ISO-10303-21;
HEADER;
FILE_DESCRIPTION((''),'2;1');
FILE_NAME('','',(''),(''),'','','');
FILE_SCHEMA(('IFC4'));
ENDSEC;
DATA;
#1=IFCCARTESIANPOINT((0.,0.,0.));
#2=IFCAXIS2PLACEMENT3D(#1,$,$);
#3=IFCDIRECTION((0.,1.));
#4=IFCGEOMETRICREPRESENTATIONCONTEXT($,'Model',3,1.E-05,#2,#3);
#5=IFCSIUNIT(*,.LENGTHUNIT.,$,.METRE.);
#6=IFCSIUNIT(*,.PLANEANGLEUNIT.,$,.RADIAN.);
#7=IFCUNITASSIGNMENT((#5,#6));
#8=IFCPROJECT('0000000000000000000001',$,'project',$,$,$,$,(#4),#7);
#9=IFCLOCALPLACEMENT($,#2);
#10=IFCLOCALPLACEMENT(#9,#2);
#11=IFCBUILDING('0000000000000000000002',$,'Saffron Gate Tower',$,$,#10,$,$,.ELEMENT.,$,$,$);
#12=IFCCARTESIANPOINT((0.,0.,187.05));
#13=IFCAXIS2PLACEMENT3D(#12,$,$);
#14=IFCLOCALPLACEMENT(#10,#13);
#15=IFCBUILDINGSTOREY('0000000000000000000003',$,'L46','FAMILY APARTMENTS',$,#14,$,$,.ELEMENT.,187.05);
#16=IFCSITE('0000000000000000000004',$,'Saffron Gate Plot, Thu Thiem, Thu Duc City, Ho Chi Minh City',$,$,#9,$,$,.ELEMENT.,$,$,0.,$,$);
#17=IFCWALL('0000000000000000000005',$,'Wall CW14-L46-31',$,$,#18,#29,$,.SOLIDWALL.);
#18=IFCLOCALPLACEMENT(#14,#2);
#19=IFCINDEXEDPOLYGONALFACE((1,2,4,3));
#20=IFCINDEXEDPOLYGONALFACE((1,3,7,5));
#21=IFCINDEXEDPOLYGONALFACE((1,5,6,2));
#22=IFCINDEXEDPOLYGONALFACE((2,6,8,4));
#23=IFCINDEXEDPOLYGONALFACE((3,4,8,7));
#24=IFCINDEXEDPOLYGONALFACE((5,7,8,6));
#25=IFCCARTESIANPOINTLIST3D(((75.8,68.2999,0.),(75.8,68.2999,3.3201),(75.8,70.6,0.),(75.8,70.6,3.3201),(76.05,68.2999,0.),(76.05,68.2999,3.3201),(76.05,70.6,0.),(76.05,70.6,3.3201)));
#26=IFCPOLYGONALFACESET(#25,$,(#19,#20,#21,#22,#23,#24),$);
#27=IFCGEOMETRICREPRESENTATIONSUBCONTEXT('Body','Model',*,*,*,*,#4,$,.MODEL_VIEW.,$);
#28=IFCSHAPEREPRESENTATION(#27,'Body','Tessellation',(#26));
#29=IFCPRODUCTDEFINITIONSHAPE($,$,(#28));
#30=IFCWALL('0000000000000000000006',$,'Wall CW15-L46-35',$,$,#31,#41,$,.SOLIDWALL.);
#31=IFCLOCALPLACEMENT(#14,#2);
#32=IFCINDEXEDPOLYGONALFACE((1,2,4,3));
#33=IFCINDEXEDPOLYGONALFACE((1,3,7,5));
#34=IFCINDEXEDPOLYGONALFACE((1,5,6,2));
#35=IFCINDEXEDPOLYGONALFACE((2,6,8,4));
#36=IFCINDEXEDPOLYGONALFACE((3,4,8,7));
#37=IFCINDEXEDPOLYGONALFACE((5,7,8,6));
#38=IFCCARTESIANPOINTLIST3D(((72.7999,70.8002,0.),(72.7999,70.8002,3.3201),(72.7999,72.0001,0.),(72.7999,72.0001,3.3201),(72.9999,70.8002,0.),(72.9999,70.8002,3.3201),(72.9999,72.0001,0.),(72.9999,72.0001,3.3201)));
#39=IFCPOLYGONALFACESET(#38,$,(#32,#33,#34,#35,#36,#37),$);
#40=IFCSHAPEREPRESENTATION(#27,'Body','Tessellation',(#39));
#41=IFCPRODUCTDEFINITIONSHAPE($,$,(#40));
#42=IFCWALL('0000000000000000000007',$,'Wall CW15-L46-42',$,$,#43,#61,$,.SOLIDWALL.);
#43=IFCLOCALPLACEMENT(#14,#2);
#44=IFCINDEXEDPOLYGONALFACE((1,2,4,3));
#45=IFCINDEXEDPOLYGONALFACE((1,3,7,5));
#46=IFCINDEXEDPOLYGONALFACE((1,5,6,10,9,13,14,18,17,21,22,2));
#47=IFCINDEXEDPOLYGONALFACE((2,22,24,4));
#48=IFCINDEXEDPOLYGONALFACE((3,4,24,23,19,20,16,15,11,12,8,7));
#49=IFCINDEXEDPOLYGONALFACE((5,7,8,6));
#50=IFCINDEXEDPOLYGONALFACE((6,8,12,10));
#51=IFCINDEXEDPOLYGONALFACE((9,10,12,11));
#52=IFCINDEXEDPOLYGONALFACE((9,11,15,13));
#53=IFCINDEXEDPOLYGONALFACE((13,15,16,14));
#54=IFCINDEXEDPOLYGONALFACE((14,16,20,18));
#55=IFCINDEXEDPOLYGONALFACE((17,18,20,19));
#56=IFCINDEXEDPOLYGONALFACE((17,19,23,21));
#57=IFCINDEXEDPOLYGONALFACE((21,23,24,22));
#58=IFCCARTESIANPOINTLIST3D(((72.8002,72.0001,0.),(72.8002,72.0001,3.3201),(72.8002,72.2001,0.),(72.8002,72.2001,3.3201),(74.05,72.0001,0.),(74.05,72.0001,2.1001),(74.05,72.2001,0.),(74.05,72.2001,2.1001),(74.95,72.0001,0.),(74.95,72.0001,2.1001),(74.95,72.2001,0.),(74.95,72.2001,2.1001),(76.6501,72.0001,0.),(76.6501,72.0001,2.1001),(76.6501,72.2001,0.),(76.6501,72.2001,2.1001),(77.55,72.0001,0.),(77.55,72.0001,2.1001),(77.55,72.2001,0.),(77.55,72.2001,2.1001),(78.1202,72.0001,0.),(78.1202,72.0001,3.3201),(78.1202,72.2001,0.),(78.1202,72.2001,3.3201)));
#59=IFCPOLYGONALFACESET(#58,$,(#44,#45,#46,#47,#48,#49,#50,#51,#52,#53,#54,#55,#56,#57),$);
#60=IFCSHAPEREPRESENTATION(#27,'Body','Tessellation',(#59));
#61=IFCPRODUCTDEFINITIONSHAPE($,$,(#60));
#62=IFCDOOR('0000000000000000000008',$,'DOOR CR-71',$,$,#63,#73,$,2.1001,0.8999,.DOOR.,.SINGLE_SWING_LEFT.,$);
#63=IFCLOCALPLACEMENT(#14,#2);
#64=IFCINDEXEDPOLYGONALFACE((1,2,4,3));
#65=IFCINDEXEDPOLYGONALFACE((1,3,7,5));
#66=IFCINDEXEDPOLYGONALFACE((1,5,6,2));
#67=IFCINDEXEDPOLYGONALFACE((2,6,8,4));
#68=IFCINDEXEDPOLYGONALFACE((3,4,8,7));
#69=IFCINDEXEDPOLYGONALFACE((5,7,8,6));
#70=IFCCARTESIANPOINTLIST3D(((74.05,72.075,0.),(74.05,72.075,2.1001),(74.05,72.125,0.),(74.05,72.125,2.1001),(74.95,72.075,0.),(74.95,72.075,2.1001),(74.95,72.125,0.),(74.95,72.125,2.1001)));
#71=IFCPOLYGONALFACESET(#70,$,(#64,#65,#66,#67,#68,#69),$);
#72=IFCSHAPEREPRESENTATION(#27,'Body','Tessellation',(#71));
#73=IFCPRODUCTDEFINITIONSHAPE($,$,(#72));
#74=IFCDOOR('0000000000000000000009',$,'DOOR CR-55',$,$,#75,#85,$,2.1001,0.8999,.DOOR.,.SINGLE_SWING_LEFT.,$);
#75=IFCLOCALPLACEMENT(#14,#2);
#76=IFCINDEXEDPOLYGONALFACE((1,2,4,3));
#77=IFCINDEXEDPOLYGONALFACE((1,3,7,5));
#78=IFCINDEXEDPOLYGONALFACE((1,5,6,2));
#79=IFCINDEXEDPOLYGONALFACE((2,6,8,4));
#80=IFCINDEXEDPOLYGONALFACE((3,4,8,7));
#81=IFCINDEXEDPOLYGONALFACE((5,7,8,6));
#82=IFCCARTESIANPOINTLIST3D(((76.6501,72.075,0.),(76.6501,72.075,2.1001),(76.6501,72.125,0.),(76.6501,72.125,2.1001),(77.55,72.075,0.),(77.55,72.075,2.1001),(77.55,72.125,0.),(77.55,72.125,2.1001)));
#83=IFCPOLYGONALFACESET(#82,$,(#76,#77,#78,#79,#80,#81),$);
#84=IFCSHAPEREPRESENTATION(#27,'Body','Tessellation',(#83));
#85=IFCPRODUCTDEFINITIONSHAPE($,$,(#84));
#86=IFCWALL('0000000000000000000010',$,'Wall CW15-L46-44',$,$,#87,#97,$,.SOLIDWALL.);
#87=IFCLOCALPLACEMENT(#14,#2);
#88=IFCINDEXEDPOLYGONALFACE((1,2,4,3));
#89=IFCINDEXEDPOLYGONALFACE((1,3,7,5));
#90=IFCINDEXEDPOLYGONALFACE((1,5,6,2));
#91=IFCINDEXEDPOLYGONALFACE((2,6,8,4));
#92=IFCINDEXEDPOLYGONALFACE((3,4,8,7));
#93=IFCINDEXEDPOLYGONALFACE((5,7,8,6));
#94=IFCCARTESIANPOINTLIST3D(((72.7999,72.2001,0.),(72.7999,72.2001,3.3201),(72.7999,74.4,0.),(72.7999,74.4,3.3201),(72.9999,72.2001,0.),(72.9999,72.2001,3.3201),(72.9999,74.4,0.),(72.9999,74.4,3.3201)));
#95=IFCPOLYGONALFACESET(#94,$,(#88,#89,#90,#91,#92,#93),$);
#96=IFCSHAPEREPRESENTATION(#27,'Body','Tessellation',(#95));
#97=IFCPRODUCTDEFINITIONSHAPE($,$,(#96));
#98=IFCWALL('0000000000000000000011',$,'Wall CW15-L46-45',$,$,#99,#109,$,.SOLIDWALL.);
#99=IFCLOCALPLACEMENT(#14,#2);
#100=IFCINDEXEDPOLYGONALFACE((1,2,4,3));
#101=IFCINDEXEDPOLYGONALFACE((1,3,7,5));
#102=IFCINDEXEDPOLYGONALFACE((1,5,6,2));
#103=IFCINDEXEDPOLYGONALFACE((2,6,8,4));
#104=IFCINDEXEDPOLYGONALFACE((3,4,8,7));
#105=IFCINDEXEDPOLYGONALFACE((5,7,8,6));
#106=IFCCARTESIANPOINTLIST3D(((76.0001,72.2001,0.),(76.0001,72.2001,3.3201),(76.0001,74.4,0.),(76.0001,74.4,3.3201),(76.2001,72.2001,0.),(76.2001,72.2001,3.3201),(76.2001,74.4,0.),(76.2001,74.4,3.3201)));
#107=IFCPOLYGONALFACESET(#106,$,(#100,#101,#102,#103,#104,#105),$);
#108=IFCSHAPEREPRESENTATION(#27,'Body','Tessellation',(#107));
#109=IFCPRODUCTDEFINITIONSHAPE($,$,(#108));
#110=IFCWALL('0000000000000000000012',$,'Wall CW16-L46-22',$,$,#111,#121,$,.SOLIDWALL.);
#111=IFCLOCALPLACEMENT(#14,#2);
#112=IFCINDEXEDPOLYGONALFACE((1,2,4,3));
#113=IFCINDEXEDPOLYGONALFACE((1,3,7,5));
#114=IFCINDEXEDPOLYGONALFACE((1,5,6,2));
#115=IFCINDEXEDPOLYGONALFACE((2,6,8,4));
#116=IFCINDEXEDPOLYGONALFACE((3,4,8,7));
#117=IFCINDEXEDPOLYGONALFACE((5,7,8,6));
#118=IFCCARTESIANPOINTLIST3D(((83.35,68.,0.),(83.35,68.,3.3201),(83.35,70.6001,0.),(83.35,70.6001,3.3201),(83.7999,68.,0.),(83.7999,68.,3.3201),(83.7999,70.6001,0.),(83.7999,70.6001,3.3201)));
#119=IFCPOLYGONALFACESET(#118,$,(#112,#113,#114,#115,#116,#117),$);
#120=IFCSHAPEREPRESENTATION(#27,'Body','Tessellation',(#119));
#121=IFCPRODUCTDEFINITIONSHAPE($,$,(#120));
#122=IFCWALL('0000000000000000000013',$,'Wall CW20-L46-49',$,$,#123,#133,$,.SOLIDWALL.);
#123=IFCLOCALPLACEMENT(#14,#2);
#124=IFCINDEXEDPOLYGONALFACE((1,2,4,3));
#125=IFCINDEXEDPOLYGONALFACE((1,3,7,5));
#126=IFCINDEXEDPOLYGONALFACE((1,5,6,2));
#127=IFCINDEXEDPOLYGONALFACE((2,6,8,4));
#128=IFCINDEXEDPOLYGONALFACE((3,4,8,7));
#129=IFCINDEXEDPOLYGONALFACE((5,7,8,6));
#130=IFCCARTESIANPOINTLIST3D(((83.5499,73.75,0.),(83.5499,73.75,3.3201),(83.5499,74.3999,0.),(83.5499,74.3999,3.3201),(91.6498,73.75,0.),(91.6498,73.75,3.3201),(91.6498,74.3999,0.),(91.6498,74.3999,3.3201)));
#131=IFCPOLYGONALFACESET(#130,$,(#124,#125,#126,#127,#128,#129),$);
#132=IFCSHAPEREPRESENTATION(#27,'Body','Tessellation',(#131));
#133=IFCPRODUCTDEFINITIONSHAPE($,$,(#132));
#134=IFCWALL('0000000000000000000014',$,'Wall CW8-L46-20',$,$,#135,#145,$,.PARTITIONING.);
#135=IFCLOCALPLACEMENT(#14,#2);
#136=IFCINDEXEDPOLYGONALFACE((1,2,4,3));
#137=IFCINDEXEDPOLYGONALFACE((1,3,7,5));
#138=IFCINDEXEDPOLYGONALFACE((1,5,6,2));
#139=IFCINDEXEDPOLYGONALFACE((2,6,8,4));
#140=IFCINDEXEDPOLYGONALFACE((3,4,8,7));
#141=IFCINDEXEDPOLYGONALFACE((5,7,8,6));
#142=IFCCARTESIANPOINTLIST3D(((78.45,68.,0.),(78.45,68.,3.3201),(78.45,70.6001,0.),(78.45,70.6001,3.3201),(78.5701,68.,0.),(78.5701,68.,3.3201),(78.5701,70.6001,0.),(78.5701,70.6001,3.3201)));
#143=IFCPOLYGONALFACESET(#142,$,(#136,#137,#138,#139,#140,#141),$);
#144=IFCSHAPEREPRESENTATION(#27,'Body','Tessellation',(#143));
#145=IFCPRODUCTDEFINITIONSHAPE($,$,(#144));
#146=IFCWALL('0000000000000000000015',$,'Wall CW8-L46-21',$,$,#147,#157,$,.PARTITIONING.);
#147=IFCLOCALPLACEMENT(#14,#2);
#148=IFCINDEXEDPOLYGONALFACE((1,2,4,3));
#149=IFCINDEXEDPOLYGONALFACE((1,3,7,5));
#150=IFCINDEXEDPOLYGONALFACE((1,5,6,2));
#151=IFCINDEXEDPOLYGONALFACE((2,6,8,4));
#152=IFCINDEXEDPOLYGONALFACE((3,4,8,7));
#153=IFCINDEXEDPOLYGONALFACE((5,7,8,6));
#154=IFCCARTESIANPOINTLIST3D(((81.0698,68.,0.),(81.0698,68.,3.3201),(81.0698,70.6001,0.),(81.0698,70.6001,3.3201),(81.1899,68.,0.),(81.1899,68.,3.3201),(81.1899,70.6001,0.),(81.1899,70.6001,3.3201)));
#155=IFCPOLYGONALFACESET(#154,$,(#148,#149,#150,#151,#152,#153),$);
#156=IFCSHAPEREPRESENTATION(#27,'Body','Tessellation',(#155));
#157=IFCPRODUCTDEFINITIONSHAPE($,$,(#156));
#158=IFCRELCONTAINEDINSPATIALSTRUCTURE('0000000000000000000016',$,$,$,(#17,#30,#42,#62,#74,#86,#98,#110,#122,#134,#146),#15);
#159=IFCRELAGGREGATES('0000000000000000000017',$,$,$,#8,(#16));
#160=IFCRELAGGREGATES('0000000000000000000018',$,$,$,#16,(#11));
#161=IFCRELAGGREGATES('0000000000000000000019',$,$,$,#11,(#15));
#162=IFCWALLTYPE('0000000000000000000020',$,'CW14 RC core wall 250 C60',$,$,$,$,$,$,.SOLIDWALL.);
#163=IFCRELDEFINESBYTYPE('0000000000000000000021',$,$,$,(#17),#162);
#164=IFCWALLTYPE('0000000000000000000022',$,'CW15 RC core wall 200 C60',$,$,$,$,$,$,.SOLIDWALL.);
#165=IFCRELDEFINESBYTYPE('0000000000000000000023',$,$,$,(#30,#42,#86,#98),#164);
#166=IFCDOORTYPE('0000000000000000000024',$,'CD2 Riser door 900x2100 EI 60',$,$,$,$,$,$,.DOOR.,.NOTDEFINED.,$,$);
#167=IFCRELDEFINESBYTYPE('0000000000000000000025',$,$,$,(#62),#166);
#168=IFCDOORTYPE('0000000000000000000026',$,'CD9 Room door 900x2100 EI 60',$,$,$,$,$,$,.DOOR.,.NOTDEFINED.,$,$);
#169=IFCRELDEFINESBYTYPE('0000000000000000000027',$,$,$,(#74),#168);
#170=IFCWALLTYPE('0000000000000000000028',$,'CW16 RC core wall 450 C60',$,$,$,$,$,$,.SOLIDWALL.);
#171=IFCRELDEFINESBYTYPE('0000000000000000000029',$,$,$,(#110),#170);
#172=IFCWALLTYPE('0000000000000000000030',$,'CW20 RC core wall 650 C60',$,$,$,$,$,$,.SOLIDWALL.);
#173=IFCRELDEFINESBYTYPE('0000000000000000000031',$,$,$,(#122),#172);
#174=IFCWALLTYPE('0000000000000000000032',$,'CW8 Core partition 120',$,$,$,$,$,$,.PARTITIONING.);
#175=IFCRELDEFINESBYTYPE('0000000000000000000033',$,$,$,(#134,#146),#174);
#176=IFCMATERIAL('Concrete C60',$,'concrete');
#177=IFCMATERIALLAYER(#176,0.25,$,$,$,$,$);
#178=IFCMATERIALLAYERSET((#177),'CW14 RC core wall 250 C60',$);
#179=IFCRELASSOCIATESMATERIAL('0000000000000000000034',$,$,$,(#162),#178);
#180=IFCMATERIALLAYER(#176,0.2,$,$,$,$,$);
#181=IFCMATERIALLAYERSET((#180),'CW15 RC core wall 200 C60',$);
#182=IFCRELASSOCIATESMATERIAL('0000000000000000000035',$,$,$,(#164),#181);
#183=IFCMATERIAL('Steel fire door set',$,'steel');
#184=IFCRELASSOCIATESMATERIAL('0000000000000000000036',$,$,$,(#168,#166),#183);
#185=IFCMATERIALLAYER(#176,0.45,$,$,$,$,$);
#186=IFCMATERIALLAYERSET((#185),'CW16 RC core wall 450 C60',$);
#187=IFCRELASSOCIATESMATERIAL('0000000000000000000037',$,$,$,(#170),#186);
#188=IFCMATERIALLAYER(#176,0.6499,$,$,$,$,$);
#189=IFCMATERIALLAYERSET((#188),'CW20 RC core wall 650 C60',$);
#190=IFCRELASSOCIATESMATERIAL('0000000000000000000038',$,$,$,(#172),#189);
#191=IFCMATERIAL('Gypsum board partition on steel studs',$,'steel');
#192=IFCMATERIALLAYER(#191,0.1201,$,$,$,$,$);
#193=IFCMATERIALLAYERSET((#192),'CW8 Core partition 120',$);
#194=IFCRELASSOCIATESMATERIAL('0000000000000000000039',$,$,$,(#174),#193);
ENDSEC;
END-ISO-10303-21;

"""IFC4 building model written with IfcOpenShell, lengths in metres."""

from ifc_helpers import new_model, si_unit, direction, frame, frame_2d, origin, place, context, subcontext, project, spatial, rectangle, extrude, material, layer, layer_set, type_object, element, fill, save


model = new_model("IFC4")

# Units and contexts
model_context = context("Model", 3, precision=1e-05, world=origin(), true_north=direction((0.0, 1.0)))
body_context = subcontext(model_context, "Body", "Model", "MODEL_VIEW")
ifc_project = project(units=[si_unit("LENGTHUNIT", "METRE"), si_unit("PLANEANGLEUNIT", "RADIAN")], contexts=[model_context])

# Site, building, storey
site_placement = place(None, origin())
site = spatial("IfcSite", under=ifc_project, at=site_placement, Name="Saffron Gate Plot, Thu Thiem, Thu Duc City, Ho Chi Minh City", CompositionType="ELEMENT", RefElevation=0.0)
building_placement = place(site_placement, origin())
building = spatial("IfcBuilding", under=site, at=building_placement, Name="Saffron Gate Tower", CompositionType="ELEMENT")
storey_placement = place(building_placement, frame((0.0, 0.0, 187.05)))
storey = spatial("IfcBuildingStorey", under=building, at=storey_placement, Name="L46", Description="FAMILY APARTMENTS", CompositionType="ELEMENT", Elevation=187.05)

# Wall
ifc_material_1 = material(Name="Concrete C60", Category="concrete")
ifc_layer_1 = layer(ifc_material_1, 0.25)
ifc_layer_set_1 = layer_set([ifc_layer_1], Name="CW14 RC core wall 250 C60")
wall_type_1 = type_object("IfcWallType", Name="CW14 RC core wall 250 C60", PredefinedType="SOLIDWALL", material=ifc_layer_set_1)
wall_1_placement = place(storey_placement, frame((75.925, 68.3, 0.0), z_axis=(0.0, 0.0, 1.0), x_axis=(0.0, 1.0, 0.0)))
element("IfcWall", 1, at=wall_1_placement, inside=storey, type_object=wall_type_1, Name="Wall CW14-L46-31", PredefinedType="SOLIDWALL", context=body_context, shape_type="SweptSolid", body=[
    extrude(rectangle(XDim=2.3, YDim=0.25, at=frame_2d((1.1499, 0.0))), origin(), (0.0, 0.0, 1.0), 3.3201),
])

# Shared definitions
ifc_layer_2 = layer(ifc_material_1, 0.2)
ifc_layer_set_2 = layer_set([ifc_layer_2], Name="CW15 RC core wall 200 C60")
wall_type_2 = type_object("IfcWallType", Name="CW15 RC core wall 200 C60", PredefinedType="SOLIDWALL", material=ifc_layer_set_2)
ifc_material_2 = material(Name="Steel fire door set", Category="steel")
door_type_1 = type_object("IfcDoorType", Name="CD9 Room door 900x2100 EI 60", OperationType="NOTDEFINED", PredefinedType="DOOR", material=ifc_material_2)

# Wall
wall_2_placement = place(storey_placement, frame((72.8999, 70.8, 0.0), z_axis=(0.0, 0.0, 1.0), x_axis=(0.0, 1.0, 0.0)))
element("IfcWall", 2, at=wall_2_placement, inside=storey, type_object=wall_type_2, Name="Wall CW15-L46-35", PredefinedType="SOLIDWALL", context=body_context, shape_type="SweptSolid", body=[
    extrude(rectangle(XDim=1.2, YDim=0.2, at=frame_2d((0.6001, 0.0))), origin(), (0.0, 0.0, 1.0), 3.3201),
])

# Wall, openings, doors
wall_3_placement = place(storey_placement, frame((72.8, 72.1001, 0.0), z_axis=(0.0, 0.0, 1.0), x_axis=(1.0, 0.0, 0.0)))
wall_3 = element("IfcWall", 3, at=wall_3_placement, inside=storey, type_object=wall_type_2, Name="Wall CW15-L46-42", PredefinedType="SOLIDWALL", context=body_context, shape_type="SweptSolid", body=[
    extrude(rectangle(XDim=5.3201, YDim=0.2, at=frame_2d((2.6602, 0.0))), origin(), (0.0, 0.0, 1.0), 3.3201),
])
opening_1_placement = place(wall_3_placement, frame((1.25, 0.0, 0.0)))
opening_1 = element("IfcOpeningElement", 4, at=opening_1_placement, cuts=wall_3, PredefinedType="OPENING", context=body_context, shape_type="SweptSolid", body=[
    extrude(rectangle(XDim=0.8999, YDim=2.1001, at=frame_2d((0.45, 1.05))), frame((0.0, 0.1099, 0.0), z_axis=(0.0, -1.0, 0.0), x_axis=(1.0, 0.0, 0.0)), (0.0, 0.0, 1.0), 0.22),
])
opening_2_placement = place(wall_3_placement, frame((3.8501, 0.0, 0.0)))
opening_2 = element("IfcOpeningElement", 5, at=opening_2_placement, cuts=wall_3, PredefinedType="OPENING", context=body_context, shape_type="SweptSolid", body=[
    extrude(rectangle(XDim=0.8999, YDim=2.1001, at=frame_2d((0.45, 1.05))), frame((0.0, 0.1099, 0.0), z_axis=(0.0, -1.0, 0.0), x_axis=(1.0, 0.0, 0.0)), (0.0, 0.0, 1.0), 0.22),
])
door_type_2 = type_object("IfcDoorType", Name="CD2 Riser door 900x2100 EI 60", OperationType="NOTDEFINED", PredefinedType="DOOR", material=ifc_material_2)
door_1_placement = place(opening_1_placement, origin())
door_1 = element("IfcDoor", 6, at=door_1_placement, inside=storey, type_object=door_type_2, Name="DOOR CR-71", OperationType="SINGLE_SWING_LEFT", OverallHeight=2.1001, OverallWidth=0.8999, PredefinedType="DOOR", context=body_context, shape_type="SweptSolid", body=[
    extrude(rectangle(XDim=0.8999, YDim=2.1001, at=frame_2d((0.45, 1.05))), frame((0.0, 0.0249, 0.0), z_axis=(0.0, -1.0, 0.0), x_axis=(1.0, 0.0, 0.0)), (0.0, 0.0, 1.0), 0.05),
])
fill(opening_1, door_1)
door_2_placement = place(opening_2_placement, origin())
door_2 = element("IfcDoor", 7, at=door_2_placement, inside=storey, type_object=door_type_1, Name="DOOR CR-55", OperationType="SINGLE_SWING_LEFT", OverallHeight=2.1001, OverallWidth=0.8999, PredefinedType="DOOR", context=body_context, shape_type="SweptSolid", body=[
    extrude(rectangle(XDim=0.8999, YDim=2.1001, at=frame_2d((0.45, 1.05))), frame((0.0, 0.0249, 0.0), z_axis=(0.0, -1.0, 0.0), x_axis=(1.0, 0.0, 0.0)), (0.0, 0.0, 1.0), 0.05),
])
fill(opening_2, door_2)

# Walls
for number, where, z_axis, x_axis, name in (
    (8, (72.8999, 72.2, 0.0), (0.0, 0.0, 1.0), (0.0, 1.0, 0.0), "Wall CW15-L46-44"),
    (9, (76.1001, 72.2, 0.0), (0.0, 0.0, 1.0), (0.0, 1.0, 0.0), "Wall CW15-L46-45"),
):
    element("IfcWall", number, at=place(storey_placement, frame(where, z_axis=z_axis, x_axis=x_axis)), inside=storey, type_object=wall_type_2, Name=name, PredefinedType="SOLIDWALL", context=body_context, shape_type="SweptSolid", body=[
        extrude(rectangle(XDim=2.2, YDim=0.2, at=frame_2d((1.1001, 0.0))), origin(), (0.0, 0.0, 1.0), 3.3201),
    ])
ifc_layer_3 = layer(ifc_material_1, 0.45)
ifc_layer_set_3 = layer_set([ifc_layer_3], Name="CW16 RC core wall 450 C60")
wall_type_3 = type_object("IfcWallType", Name="CW16 RC core wall 450 C60", PredefinedType="SOLIDWALL", material=ifc_layer_set_3)
wall_4_placement = place(storey_placement, frame((83.575, 68.0, 0.0), z_axis=(0.0, 0.0, 1.0), x_axis=(0.0, 1.0, 0.0)))
element("IfcWall", 10, at=wall_4_placement, inside=storey, type_object=wall_type_3, Name="Wall CW16-L46-22", PredefinedType="SOLIDWALL", context=body_context, shape_type="SweptSolid", body=[
    extrude(rectangle(XDim=2.6001, YDim=0.45, at=frame_2d((1.3, 0.0))), origin(), (0.0, 0.0, 1.0), 3.3201),
])
ifc_layer_4 = layer(ifc_material_1, 0.6499)
ifc_layer_set_4 = layer_set([ifc_layer_4], Name="CW20 RC core wall 650 C60")
wall_type_4 = type_object("IfcWallType", Name="CW20 RC core wall 650 C60", PredefinedType="SOLIDWALL", material=ifc_layer_set_4)
wall_5_placement = place(storey_placement, frame((83.55, 74.075, 0.0), z_axis=(0.0, 0.0, 1.0), x_axis=(1.0, 0.0, 0.0)))
element("IfcWall", 11, at=wall_5_placement, inside=storey, type_object=wall_type_4, Name="Wall CW20-L46-49", PredefinedType="SOLIDWALL", context=body_context, shape_type="SweptSolid", body=[
    extrude(rectangle(XDim=8.0999, YDim=0.6499, at=frame_2d((4.0498, 0.0))), origin(), (0.0, 0.0, 1.0), 3.3201),
])
ifc_material_3 = material(Name="Gypsum board partition on steel studs", Category="steel")
ifc_layer_5 = layer(ifc_material_3, 0.1201)
ifc_layer_set_5 = layer_set([ifc_layer_5], Name="CW8 Core partition 120")
wall_type_5 = type_object("IfcWallType", Name="CW8 Core partition 120", PredefinedType="PARTITIONING", material=ifc_layer_set_5)
for number, where, z_axis, x_axis, name in (
    (12, (78.51, 68.0, 0.0), (0.0, 0.0, 1.0), (0.0, 1.0, 0.0), "Wall CW8-L46-20"),
    (13, (81.1299, 68.0, 0.0), (0.0, 0.0, 1.0), (0.0, 1.0, 0.0), "Wall CW8-L46-21"),
):
    element("IfcWall", number, at=place(storey_placement, frame(where, z_axis=z_axis, x_axis=x_axis)), inside=storey, type_object=wall_type_5, Name=name, PredefinedType="PARTITIONING", context=body_context, shape_type="SweptSolid", body=[
        extrude(rectangle(XDim=2.6001, YDim=0.1201, at=frame_2d((1.3, 0.0))), origin(), (0.0, 0.0, 1.0), 3.3201),
    ])

save(model, "model.ifc")
